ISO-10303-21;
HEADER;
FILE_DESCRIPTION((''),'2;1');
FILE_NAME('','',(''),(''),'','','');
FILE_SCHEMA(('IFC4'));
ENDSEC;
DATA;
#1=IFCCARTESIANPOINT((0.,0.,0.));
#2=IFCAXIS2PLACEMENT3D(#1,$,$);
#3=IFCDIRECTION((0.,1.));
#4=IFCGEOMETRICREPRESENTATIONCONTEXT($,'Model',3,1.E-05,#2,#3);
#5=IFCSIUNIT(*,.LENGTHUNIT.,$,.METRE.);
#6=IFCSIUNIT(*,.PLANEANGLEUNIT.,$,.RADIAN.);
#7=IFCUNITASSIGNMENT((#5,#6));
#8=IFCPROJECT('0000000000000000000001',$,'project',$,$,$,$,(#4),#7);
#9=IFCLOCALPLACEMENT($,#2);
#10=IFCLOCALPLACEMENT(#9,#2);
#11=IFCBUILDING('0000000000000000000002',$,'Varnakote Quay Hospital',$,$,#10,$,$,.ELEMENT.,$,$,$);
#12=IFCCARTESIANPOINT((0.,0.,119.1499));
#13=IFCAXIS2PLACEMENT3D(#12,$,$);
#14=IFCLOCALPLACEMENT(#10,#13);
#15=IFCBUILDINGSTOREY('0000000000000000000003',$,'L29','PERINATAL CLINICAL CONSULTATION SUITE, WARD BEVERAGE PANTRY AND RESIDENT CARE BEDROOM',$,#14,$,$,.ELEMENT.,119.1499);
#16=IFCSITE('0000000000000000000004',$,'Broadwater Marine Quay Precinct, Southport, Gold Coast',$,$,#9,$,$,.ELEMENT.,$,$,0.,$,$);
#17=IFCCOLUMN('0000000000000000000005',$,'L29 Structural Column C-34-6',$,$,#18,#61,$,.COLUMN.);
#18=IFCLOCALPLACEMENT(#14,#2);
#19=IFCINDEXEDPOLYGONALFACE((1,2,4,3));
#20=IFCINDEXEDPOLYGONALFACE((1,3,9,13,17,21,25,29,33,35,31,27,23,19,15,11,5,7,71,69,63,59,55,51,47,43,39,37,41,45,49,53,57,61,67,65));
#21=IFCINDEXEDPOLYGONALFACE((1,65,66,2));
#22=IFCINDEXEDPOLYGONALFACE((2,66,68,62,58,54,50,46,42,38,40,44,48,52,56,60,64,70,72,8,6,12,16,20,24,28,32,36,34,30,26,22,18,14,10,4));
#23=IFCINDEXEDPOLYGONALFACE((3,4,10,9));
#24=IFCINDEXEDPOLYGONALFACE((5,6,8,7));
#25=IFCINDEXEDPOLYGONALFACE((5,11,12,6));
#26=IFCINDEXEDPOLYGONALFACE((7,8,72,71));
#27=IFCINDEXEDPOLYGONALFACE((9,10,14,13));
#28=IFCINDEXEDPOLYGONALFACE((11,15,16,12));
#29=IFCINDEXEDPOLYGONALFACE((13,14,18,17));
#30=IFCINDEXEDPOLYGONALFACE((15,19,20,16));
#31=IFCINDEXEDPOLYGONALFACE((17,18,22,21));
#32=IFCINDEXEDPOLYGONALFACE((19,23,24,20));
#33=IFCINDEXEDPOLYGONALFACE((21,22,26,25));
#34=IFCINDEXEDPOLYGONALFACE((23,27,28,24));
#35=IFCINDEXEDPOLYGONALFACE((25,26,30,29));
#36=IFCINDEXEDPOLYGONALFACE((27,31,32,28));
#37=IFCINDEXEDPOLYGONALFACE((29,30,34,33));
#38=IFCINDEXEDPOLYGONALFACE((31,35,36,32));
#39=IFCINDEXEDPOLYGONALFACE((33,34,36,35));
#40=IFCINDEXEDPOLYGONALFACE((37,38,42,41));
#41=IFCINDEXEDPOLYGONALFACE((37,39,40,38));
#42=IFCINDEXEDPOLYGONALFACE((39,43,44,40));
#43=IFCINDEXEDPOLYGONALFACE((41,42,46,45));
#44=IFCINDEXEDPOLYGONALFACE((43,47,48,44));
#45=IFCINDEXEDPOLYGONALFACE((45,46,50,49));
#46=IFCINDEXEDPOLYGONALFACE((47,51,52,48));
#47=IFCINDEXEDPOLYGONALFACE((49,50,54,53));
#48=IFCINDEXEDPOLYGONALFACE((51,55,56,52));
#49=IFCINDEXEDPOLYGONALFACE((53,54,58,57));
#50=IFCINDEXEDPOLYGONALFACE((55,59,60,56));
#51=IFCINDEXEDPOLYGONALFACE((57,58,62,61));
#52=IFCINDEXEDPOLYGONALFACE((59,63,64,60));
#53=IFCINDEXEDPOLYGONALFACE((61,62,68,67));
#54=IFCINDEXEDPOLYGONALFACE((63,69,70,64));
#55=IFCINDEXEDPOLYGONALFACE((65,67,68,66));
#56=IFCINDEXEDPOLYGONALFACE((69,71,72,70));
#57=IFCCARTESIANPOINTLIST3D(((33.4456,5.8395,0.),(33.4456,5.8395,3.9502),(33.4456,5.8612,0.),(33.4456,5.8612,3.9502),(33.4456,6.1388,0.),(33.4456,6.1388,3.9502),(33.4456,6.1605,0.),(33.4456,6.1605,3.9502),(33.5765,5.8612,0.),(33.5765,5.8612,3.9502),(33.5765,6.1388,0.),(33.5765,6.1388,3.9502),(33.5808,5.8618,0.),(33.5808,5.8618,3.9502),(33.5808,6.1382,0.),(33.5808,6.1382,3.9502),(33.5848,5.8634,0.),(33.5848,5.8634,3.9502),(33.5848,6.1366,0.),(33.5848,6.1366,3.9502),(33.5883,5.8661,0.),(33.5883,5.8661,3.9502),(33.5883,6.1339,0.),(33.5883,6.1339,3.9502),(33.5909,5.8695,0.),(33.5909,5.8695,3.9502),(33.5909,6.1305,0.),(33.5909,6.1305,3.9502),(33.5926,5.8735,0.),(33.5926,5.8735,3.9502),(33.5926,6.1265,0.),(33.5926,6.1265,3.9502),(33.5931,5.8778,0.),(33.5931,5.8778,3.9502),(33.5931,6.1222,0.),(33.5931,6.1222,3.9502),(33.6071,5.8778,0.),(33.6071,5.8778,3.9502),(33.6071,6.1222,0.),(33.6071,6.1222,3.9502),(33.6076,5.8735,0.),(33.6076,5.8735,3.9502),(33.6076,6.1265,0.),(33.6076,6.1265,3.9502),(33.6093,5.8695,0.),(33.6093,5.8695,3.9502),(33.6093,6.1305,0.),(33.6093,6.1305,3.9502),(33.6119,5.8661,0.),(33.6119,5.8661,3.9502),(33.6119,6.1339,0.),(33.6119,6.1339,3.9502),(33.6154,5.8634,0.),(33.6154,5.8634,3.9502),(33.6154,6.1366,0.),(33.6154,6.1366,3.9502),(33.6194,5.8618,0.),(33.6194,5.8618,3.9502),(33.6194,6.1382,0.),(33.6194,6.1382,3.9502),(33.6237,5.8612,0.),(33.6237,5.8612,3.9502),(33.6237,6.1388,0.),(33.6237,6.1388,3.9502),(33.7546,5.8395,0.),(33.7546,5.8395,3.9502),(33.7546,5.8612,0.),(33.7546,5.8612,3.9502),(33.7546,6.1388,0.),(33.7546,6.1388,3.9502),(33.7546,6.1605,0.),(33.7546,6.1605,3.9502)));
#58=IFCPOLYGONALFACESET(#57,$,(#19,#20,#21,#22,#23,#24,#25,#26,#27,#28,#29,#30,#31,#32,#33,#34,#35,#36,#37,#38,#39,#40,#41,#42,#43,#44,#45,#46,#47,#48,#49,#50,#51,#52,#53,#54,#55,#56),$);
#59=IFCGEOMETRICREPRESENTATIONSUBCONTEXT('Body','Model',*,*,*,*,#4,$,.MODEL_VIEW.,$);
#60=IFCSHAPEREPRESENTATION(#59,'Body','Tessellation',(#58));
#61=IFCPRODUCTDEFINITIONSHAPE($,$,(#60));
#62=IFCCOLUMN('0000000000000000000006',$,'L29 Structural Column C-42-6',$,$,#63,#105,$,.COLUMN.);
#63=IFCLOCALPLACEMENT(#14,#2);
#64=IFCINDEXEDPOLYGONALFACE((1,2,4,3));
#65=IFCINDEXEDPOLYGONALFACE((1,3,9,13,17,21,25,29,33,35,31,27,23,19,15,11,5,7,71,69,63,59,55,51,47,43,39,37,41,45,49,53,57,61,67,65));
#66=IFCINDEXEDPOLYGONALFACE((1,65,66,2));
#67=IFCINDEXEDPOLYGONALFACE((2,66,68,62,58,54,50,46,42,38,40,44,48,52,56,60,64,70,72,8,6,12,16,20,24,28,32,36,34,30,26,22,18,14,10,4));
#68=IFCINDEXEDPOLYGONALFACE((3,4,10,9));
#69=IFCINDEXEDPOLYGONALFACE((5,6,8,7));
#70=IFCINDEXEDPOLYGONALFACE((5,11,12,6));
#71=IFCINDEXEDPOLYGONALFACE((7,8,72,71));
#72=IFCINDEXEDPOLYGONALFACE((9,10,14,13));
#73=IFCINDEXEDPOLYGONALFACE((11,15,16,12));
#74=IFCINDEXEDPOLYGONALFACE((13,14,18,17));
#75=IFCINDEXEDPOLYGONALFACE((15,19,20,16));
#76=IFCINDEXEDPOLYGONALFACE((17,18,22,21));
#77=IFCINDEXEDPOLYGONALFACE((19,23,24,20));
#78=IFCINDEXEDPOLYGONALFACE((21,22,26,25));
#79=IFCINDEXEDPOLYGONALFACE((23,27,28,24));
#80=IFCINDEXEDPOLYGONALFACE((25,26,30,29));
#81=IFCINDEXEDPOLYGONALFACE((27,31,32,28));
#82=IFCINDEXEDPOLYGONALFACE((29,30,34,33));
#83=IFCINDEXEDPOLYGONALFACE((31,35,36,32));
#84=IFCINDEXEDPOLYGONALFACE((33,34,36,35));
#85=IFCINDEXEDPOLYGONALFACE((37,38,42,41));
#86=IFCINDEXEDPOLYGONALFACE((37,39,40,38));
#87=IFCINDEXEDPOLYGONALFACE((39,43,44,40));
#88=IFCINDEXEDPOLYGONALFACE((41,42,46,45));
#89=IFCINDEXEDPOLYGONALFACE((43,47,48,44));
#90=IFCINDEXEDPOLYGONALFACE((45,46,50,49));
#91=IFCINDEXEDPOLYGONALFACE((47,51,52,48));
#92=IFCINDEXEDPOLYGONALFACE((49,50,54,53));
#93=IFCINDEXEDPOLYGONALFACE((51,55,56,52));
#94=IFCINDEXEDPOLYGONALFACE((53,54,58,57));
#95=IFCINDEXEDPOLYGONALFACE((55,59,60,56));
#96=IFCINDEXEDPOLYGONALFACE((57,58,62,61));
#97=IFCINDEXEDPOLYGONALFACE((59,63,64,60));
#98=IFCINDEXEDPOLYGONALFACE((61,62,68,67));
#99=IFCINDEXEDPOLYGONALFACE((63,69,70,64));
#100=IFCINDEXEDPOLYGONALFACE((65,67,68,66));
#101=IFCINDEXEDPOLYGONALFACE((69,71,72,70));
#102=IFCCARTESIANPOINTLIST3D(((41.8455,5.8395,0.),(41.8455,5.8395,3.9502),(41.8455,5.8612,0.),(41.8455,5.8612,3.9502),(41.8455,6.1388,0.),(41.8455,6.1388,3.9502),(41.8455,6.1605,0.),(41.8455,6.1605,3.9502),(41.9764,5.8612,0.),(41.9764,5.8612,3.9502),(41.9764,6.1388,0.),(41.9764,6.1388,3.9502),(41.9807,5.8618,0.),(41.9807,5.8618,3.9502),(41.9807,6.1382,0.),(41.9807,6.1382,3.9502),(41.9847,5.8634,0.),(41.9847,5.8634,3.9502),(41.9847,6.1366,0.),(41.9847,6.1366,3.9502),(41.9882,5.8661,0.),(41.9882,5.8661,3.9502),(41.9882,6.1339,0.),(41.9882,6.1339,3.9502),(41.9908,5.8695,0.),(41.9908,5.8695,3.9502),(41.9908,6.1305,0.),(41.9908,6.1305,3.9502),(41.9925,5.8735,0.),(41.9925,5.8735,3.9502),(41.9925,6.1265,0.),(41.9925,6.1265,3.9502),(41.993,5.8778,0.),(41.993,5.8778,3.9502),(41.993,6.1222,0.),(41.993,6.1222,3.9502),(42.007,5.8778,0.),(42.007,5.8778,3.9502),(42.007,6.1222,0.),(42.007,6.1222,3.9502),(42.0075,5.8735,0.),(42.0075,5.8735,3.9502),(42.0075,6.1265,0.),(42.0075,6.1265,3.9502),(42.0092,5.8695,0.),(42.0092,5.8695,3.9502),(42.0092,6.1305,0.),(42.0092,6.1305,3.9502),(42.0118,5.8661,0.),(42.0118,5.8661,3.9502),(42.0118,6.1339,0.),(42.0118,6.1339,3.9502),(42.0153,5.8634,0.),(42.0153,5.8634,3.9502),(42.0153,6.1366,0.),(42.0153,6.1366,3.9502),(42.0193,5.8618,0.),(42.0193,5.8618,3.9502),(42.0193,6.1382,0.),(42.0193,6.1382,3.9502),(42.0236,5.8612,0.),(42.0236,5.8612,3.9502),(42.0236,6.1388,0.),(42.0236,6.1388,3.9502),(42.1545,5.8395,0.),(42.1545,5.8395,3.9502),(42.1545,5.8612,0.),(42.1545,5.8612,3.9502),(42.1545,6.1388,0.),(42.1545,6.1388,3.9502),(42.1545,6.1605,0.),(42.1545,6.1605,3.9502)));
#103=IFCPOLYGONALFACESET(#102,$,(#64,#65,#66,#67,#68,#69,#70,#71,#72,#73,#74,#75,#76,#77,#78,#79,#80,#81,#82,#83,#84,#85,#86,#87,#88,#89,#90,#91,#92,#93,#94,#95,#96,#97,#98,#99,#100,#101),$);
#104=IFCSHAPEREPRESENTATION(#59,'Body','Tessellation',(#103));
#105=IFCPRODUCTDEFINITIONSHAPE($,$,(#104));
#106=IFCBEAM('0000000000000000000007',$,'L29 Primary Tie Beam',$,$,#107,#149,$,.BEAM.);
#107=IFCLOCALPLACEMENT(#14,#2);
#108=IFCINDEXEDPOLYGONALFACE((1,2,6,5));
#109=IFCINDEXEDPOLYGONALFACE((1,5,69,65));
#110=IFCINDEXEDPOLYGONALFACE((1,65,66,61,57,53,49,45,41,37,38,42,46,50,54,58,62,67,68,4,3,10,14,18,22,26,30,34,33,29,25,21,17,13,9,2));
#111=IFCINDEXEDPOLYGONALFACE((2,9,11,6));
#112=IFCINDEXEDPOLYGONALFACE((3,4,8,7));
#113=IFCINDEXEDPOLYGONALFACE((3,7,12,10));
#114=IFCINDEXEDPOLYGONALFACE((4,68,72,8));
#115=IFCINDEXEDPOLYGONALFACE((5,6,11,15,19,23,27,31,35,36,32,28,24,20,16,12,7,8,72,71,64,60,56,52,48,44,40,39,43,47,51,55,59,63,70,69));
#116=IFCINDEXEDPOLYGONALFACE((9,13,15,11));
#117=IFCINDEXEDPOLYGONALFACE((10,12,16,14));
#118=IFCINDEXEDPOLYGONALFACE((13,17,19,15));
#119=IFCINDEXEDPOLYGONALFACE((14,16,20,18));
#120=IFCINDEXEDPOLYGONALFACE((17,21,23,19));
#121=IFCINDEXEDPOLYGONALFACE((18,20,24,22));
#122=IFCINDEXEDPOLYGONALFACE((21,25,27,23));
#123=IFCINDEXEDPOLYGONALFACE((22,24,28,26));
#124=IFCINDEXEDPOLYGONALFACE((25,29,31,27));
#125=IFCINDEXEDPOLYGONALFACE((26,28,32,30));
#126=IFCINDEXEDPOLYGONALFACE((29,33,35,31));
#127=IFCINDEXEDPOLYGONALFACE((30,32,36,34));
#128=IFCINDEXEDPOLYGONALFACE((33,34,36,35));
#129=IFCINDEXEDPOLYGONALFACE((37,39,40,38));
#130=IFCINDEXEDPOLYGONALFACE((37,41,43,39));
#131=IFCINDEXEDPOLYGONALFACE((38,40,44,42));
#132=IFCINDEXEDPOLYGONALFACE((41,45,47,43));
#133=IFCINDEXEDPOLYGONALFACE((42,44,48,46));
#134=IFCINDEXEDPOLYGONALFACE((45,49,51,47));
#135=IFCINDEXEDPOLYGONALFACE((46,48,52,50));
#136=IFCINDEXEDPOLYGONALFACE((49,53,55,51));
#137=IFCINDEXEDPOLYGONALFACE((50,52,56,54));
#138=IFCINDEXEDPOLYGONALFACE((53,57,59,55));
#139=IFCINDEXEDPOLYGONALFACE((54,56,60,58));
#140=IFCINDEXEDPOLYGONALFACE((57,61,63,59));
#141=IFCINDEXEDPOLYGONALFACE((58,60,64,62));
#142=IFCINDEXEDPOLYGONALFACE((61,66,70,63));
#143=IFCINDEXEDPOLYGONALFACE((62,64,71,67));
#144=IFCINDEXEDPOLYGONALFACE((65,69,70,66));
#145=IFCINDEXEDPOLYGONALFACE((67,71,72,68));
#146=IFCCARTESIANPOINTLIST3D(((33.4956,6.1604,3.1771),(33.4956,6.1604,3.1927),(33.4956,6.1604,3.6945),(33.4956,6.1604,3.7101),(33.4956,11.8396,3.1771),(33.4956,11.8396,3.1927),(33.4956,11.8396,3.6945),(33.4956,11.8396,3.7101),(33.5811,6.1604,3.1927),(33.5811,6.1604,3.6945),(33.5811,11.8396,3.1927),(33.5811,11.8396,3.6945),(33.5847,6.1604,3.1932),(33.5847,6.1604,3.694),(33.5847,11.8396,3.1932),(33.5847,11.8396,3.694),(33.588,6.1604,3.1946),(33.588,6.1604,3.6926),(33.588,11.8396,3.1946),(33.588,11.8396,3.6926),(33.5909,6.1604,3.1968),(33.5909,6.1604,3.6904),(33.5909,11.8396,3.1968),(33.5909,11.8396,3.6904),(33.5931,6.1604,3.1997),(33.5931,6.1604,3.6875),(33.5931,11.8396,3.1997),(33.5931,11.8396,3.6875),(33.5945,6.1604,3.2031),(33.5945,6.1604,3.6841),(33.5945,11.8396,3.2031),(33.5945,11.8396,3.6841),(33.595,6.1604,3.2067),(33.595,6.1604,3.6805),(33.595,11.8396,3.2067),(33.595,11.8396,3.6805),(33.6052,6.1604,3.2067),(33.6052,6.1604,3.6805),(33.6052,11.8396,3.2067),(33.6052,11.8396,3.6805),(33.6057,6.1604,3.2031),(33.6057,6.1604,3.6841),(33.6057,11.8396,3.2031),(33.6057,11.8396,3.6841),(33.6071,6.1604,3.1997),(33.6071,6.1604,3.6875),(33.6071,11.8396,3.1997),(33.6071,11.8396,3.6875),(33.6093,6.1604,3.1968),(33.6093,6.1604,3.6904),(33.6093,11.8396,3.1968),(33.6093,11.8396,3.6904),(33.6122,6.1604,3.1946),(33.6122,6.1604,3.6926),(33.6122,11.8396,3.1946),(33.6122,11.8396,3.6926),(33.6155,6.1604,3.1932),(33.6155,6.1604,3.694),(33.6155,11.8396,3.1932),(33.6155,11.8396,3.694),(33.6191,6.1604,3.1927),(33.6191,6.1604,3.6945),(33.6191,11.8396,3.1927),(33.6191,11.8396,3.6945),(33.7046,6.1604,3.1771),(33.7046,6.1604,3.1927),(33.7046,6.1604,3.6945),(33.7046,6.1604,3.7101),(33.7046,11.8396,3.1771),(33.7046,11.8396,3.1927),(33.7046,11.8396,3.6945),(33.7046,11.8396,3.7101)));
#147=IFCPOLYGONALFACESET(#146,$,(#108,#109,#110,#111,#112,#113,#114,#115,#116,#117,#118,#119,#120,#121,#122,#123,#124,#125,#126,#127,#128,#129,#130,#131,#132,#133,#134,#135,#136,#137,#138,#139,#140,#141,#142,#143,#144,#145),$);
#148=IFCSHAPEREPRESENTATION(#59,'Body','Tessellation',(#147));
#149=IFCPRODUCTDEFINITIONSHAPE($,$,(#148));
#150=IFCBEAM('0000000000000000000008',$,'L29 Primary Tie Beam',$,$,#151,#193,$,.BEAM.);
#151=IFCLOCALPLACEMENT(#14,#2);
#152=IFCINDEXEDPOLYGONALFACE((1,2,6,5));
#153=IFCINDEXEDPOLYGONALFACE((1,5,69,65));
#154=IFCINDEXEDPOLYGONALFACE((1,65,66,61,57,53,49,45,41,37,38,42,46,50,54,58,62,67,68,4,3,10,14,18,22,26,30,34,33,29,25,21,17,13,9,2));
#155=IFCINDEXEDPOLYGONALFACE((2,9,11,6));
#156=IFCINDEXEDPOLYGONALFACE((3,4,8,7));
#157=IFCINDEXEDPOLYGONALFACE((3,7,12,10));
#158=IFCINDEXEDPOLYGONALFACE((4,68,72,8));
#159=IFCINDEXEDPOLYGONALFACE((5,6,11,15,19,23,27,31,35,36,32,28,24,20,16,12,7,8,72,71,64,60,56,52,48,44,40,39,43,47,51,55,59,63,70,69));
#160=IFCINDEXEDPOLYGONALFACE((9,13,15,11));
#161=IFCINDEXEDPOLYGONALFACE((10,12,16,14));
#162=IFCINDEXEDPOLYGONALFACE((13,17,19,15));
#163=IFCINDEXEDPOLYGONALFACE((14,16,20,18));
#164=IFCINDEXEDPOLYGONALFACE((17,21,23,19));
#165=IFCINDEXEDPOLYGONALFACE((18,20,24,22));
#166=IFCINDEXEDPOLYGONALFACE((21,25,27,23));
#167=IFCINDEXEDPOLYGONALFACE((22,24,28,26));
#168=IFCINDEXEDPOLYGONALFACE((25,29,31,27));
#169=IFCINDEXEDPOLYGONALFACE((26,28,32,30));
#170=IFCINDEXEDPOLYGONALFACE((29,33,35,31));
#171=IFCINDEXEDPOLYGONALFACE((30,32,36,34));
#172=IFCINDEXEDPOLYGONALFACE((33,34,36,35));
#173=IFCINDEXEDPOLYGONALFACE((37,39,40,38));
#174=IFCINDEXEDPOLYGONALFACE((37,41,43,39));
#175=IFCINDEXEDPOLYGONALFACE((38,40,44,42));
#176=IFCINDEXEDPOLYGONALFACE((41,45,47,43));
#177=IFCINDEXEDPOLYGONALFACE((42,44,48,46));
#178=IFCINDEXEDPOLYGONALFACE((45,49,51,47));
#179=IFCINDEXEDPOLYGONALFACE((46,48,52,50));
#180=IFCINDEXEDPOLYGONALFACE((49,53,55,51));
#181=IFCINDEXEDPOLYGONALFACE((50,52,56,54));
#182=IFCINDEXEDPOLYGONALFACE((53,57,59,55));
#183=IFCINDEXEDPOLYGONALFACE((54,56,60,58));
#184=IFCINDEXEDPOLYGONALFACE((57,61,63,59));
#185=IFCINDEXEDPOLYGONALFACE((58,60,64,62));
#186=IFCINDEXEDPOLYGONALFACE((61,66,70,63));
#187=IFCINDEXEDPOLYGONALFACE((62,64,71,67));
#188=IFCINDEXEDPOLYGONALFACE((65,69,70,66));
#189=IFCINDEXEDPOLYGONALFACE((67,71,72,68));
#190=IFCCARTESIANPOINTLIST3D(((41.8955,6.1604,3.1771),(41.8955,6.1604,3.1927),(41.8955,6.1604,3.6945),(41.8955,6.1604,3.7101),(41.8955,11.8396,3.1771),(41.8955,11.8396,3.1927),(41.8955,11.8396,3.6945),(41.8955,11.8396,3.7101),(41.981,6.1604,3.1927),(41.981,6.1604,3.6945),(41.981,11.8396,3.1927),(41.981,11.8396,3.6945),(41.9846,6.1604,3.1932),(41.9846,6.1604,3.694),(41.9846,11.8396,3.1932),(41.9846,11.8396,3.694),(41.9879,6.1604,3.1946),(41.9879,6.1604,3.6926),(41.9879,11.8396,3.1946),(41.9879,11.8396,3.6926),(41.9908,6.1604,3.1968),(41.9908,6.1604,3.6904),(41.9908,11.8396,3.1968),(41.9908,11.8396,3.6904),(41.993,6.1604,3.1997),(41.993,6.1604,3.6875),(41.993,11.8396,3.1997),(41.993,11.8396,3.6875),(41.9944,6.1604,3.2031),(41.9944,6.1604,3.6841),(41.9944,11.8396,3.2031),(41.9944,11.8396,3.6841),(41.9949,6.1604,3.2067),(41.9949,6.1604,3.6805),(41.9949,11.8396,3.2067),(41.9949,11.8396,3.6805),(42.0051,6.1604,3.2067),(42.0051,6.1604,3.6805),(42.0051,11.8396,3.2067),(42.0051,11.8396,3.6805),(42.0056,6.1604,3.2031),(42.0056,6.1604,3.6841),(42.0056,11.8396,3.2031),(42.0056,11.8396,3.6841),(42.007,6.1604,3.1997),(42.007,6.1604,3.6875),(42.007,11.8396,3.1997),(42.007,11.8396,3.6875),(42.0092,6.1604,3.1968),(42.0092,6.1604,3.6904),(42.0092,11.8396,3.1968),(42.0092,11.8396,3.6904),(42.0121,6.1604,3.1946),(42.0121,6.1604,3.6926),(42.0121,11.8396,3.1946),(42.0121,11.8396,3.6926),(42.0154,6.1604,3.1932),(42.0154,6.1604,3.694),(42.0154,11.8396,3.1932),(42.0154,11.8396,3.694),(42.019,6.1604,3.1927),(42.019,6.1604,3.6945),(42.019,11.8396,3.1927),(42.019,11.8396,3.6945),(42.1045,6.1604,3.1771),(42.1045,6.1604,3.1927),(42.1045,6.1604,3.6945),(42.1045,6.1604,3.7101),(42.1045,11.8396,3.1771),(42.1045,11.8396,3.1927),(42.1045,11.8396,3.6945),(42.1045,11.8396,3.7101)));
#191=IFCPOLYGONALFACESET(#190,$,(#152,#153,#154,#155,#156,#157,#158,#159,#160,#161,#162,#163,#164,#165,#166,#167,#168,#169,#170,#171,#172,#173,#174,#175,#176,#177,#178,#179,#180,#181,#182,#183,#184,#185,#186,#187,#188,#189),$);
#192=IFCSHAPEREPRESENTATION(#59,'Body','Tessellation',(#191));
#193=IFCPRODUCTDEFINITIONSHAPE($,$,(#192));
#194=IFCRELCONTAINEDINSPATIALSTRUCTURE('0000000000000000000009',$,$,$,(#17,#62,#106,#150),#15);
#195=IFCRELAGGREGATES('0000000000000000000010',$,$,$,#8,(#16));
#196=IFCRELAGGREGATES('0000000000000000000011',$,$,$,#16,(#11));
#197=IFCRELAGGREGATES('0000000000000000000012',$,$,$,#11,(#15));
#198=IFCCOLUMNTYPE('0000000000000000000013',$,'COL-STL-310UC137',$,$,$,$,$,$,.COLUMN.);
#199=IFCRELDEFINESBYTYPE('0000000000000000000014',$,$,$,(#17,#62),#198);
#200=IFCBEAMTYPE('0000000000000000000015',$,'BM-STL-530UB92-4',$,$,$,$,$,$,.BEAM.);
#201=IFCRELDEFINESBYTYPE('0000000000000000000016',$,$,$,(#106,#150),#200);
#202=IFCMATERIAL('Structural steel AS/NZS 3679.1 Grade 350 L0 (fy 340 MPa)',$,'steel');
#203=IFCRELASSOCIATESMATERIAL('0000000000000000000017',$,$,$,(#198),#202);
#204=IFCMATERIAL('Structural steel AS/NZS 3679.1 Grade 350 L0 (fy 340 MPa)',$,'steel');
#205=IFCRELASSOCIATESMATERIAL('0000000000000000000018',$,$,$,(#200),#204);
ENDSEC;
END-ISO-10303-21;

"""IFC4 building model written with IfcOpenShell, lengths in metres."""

from ifc_helpers import new_model, si_unit, direction, frame, origin, origin_2d, place, context, subcontext, project, spatial, i_section, extrude, material, material_profile, profile_set, type_object, element, save


model = new_model("IFC4")

# Units and contexts
model_context = context("Model", 3, precision=1e-05, world=origin(), true_north=direction((0.0, 1.0)))
body_context = subcontext(model_context, "Body", "Model", "MODEL_VIEW")
ifc_project = project(units=[si_unit("LENGTHUNIT", "METRE"), si_unit("PLANEANGLEUNIT", "RADIAN")], contexts=[model_context])

# Site, building, storey
site_placement = place(None, origin())
site = spatial("IfcSite", under=ifc_project, at=site_placement, Name="Broadwater Marine Quay Precinct, Southport, Gold Coast", CompositionType="ELEMENT", RefElevation=0.0)
building_placement = place(site_placement, origin())
building = spatial("IfcBuilding", under=site, at=building_placement, Name="Varnakote Quay Hospital", CompositionType="ELEMENT")
storey_placement = place(building_placement, frame((0.0, 0.0, 119.1499)))
storey = spatial("IfcBuildingStorey", under=building, at=storey_placement, Name="L29", Description="PERINATAL CLINICAL CONSULTATION SUITE, WARD BEVERAGE PANTRY AND RESIDENT CARE BEDROOM", CompositionType="ELEMENT", Elevation=119.1499)

# Columns
ifc_material_1 = material(Name="Structural steel AS/NZS 3679.1 Grade 350 L0 (fy 340 MPa)", Category="steel")
ifc_material_profile_1 = material_profile(ifc_material_1, i_section(OverallWidth=0.3091, OverallDepth=0.321, WebThickness=0.0139, FlangeThickness=0.0217, FilletRadius=0.0166, at=origin_2d()), Name="310UC137")
ifc_profile_set_1 = profile_set([ifc_material_profile_1], Name="Structural steel AS/NZS 3679.1 Grade 350 L0 (fy 340 MPa)")
column_type = type_object("IfcColumnType", Name="COL-STL-310UC137", PredefinedType="COLUMN", material=ifc_profile_set_1)
for number, where, z_axis, x_axis, name in (
    (1, (33.6001, 6.0, 0.0), (0.0, 0.0, 1.0), (1.0, 0.0, 0.0), "L29 Structural Column C-34-6"),
    (2, (42.0, 6.0, 0.0), (0.0, 0.0, 1.0), (1.0, 0.0, 0.0), "L29 Structural Column C-42-6"),
):
    element("IfcColumn", number, at=place(storey_placement, frame(where, z_axis=z_axis, x_axis=x_axis)), inside=storey, type_object=column_type, Name=name, PredefinedType="COLUMN", context=body_context, shape_type="SweptSolid", body=[
        extrude(i_section(OverallWidth=0.3091, OverallDepth=0.321, WebThickness=0.0139, FlangeThickness=0.0217, FilletRadius=0.0166, at=origin_2d()), origin(), (0.0, 0.0, 1.0), 3.9502),
    ])

# Beams
ifc_material_2 = material(Name="Structural steel AS/NZS 3679.1 Grade 350 L0 (fy 340 MPa)", Category="steel")
ifc_material_profile_2 = material_profile(ifc_material_2, i_section(OverallWidth=0.209, OverallDepth=0.533, WebThickness=0.0103, FlangeThickness=0.0156, FilletRadius=0.0139, at=origin_2d()), Name="530UB92.4")
ifc_profile_set_2 = profile_set([ifc_material_profile_2], Name="Structural steel AS/NZS 3679.1 Grade 350 L0 (fy 340 MPa)")
beam_type_1 = type_object("IfcBeamType", Name="BM-STL-530UB92-4", PredefinedType="BEAM", material=ifc_profile_set_2)
for number, where, z_axis, x_axis, name in (
    (3, (33.6001, 6.1604, 3.4436), (0.0, 1.0, 0.0), (-1.0, 0.0, 0.0), "L29 Primary Tie Beam"),
    (4, (42.0, 6.1604, 3.4436), (0.0, 1.0, 0.0), (-1.0, 0.0, 0.0), "L29 Primary Tie Beam"),
):
    element("IfcBeam", number, at=place(storey_placement, frame(where, z_axis=z_axis, x_axis=x_axis)), inside=storey, type_object=beam_type_1, Name=name, PredefinedType="BEAM", context=body_context, shape_type="SweptSolid", body=[
        extrude(i_section(OverallWidth=0.209, OverallDepth=0.533, WebThickness=0.0103, FlangeThickness=0.0156, FilletRadius=0.0139, at=origin_2d()), origin(), (0.0, 0.0, 1.0), 5.6792),
    ])

save(model, "model.ifc")
